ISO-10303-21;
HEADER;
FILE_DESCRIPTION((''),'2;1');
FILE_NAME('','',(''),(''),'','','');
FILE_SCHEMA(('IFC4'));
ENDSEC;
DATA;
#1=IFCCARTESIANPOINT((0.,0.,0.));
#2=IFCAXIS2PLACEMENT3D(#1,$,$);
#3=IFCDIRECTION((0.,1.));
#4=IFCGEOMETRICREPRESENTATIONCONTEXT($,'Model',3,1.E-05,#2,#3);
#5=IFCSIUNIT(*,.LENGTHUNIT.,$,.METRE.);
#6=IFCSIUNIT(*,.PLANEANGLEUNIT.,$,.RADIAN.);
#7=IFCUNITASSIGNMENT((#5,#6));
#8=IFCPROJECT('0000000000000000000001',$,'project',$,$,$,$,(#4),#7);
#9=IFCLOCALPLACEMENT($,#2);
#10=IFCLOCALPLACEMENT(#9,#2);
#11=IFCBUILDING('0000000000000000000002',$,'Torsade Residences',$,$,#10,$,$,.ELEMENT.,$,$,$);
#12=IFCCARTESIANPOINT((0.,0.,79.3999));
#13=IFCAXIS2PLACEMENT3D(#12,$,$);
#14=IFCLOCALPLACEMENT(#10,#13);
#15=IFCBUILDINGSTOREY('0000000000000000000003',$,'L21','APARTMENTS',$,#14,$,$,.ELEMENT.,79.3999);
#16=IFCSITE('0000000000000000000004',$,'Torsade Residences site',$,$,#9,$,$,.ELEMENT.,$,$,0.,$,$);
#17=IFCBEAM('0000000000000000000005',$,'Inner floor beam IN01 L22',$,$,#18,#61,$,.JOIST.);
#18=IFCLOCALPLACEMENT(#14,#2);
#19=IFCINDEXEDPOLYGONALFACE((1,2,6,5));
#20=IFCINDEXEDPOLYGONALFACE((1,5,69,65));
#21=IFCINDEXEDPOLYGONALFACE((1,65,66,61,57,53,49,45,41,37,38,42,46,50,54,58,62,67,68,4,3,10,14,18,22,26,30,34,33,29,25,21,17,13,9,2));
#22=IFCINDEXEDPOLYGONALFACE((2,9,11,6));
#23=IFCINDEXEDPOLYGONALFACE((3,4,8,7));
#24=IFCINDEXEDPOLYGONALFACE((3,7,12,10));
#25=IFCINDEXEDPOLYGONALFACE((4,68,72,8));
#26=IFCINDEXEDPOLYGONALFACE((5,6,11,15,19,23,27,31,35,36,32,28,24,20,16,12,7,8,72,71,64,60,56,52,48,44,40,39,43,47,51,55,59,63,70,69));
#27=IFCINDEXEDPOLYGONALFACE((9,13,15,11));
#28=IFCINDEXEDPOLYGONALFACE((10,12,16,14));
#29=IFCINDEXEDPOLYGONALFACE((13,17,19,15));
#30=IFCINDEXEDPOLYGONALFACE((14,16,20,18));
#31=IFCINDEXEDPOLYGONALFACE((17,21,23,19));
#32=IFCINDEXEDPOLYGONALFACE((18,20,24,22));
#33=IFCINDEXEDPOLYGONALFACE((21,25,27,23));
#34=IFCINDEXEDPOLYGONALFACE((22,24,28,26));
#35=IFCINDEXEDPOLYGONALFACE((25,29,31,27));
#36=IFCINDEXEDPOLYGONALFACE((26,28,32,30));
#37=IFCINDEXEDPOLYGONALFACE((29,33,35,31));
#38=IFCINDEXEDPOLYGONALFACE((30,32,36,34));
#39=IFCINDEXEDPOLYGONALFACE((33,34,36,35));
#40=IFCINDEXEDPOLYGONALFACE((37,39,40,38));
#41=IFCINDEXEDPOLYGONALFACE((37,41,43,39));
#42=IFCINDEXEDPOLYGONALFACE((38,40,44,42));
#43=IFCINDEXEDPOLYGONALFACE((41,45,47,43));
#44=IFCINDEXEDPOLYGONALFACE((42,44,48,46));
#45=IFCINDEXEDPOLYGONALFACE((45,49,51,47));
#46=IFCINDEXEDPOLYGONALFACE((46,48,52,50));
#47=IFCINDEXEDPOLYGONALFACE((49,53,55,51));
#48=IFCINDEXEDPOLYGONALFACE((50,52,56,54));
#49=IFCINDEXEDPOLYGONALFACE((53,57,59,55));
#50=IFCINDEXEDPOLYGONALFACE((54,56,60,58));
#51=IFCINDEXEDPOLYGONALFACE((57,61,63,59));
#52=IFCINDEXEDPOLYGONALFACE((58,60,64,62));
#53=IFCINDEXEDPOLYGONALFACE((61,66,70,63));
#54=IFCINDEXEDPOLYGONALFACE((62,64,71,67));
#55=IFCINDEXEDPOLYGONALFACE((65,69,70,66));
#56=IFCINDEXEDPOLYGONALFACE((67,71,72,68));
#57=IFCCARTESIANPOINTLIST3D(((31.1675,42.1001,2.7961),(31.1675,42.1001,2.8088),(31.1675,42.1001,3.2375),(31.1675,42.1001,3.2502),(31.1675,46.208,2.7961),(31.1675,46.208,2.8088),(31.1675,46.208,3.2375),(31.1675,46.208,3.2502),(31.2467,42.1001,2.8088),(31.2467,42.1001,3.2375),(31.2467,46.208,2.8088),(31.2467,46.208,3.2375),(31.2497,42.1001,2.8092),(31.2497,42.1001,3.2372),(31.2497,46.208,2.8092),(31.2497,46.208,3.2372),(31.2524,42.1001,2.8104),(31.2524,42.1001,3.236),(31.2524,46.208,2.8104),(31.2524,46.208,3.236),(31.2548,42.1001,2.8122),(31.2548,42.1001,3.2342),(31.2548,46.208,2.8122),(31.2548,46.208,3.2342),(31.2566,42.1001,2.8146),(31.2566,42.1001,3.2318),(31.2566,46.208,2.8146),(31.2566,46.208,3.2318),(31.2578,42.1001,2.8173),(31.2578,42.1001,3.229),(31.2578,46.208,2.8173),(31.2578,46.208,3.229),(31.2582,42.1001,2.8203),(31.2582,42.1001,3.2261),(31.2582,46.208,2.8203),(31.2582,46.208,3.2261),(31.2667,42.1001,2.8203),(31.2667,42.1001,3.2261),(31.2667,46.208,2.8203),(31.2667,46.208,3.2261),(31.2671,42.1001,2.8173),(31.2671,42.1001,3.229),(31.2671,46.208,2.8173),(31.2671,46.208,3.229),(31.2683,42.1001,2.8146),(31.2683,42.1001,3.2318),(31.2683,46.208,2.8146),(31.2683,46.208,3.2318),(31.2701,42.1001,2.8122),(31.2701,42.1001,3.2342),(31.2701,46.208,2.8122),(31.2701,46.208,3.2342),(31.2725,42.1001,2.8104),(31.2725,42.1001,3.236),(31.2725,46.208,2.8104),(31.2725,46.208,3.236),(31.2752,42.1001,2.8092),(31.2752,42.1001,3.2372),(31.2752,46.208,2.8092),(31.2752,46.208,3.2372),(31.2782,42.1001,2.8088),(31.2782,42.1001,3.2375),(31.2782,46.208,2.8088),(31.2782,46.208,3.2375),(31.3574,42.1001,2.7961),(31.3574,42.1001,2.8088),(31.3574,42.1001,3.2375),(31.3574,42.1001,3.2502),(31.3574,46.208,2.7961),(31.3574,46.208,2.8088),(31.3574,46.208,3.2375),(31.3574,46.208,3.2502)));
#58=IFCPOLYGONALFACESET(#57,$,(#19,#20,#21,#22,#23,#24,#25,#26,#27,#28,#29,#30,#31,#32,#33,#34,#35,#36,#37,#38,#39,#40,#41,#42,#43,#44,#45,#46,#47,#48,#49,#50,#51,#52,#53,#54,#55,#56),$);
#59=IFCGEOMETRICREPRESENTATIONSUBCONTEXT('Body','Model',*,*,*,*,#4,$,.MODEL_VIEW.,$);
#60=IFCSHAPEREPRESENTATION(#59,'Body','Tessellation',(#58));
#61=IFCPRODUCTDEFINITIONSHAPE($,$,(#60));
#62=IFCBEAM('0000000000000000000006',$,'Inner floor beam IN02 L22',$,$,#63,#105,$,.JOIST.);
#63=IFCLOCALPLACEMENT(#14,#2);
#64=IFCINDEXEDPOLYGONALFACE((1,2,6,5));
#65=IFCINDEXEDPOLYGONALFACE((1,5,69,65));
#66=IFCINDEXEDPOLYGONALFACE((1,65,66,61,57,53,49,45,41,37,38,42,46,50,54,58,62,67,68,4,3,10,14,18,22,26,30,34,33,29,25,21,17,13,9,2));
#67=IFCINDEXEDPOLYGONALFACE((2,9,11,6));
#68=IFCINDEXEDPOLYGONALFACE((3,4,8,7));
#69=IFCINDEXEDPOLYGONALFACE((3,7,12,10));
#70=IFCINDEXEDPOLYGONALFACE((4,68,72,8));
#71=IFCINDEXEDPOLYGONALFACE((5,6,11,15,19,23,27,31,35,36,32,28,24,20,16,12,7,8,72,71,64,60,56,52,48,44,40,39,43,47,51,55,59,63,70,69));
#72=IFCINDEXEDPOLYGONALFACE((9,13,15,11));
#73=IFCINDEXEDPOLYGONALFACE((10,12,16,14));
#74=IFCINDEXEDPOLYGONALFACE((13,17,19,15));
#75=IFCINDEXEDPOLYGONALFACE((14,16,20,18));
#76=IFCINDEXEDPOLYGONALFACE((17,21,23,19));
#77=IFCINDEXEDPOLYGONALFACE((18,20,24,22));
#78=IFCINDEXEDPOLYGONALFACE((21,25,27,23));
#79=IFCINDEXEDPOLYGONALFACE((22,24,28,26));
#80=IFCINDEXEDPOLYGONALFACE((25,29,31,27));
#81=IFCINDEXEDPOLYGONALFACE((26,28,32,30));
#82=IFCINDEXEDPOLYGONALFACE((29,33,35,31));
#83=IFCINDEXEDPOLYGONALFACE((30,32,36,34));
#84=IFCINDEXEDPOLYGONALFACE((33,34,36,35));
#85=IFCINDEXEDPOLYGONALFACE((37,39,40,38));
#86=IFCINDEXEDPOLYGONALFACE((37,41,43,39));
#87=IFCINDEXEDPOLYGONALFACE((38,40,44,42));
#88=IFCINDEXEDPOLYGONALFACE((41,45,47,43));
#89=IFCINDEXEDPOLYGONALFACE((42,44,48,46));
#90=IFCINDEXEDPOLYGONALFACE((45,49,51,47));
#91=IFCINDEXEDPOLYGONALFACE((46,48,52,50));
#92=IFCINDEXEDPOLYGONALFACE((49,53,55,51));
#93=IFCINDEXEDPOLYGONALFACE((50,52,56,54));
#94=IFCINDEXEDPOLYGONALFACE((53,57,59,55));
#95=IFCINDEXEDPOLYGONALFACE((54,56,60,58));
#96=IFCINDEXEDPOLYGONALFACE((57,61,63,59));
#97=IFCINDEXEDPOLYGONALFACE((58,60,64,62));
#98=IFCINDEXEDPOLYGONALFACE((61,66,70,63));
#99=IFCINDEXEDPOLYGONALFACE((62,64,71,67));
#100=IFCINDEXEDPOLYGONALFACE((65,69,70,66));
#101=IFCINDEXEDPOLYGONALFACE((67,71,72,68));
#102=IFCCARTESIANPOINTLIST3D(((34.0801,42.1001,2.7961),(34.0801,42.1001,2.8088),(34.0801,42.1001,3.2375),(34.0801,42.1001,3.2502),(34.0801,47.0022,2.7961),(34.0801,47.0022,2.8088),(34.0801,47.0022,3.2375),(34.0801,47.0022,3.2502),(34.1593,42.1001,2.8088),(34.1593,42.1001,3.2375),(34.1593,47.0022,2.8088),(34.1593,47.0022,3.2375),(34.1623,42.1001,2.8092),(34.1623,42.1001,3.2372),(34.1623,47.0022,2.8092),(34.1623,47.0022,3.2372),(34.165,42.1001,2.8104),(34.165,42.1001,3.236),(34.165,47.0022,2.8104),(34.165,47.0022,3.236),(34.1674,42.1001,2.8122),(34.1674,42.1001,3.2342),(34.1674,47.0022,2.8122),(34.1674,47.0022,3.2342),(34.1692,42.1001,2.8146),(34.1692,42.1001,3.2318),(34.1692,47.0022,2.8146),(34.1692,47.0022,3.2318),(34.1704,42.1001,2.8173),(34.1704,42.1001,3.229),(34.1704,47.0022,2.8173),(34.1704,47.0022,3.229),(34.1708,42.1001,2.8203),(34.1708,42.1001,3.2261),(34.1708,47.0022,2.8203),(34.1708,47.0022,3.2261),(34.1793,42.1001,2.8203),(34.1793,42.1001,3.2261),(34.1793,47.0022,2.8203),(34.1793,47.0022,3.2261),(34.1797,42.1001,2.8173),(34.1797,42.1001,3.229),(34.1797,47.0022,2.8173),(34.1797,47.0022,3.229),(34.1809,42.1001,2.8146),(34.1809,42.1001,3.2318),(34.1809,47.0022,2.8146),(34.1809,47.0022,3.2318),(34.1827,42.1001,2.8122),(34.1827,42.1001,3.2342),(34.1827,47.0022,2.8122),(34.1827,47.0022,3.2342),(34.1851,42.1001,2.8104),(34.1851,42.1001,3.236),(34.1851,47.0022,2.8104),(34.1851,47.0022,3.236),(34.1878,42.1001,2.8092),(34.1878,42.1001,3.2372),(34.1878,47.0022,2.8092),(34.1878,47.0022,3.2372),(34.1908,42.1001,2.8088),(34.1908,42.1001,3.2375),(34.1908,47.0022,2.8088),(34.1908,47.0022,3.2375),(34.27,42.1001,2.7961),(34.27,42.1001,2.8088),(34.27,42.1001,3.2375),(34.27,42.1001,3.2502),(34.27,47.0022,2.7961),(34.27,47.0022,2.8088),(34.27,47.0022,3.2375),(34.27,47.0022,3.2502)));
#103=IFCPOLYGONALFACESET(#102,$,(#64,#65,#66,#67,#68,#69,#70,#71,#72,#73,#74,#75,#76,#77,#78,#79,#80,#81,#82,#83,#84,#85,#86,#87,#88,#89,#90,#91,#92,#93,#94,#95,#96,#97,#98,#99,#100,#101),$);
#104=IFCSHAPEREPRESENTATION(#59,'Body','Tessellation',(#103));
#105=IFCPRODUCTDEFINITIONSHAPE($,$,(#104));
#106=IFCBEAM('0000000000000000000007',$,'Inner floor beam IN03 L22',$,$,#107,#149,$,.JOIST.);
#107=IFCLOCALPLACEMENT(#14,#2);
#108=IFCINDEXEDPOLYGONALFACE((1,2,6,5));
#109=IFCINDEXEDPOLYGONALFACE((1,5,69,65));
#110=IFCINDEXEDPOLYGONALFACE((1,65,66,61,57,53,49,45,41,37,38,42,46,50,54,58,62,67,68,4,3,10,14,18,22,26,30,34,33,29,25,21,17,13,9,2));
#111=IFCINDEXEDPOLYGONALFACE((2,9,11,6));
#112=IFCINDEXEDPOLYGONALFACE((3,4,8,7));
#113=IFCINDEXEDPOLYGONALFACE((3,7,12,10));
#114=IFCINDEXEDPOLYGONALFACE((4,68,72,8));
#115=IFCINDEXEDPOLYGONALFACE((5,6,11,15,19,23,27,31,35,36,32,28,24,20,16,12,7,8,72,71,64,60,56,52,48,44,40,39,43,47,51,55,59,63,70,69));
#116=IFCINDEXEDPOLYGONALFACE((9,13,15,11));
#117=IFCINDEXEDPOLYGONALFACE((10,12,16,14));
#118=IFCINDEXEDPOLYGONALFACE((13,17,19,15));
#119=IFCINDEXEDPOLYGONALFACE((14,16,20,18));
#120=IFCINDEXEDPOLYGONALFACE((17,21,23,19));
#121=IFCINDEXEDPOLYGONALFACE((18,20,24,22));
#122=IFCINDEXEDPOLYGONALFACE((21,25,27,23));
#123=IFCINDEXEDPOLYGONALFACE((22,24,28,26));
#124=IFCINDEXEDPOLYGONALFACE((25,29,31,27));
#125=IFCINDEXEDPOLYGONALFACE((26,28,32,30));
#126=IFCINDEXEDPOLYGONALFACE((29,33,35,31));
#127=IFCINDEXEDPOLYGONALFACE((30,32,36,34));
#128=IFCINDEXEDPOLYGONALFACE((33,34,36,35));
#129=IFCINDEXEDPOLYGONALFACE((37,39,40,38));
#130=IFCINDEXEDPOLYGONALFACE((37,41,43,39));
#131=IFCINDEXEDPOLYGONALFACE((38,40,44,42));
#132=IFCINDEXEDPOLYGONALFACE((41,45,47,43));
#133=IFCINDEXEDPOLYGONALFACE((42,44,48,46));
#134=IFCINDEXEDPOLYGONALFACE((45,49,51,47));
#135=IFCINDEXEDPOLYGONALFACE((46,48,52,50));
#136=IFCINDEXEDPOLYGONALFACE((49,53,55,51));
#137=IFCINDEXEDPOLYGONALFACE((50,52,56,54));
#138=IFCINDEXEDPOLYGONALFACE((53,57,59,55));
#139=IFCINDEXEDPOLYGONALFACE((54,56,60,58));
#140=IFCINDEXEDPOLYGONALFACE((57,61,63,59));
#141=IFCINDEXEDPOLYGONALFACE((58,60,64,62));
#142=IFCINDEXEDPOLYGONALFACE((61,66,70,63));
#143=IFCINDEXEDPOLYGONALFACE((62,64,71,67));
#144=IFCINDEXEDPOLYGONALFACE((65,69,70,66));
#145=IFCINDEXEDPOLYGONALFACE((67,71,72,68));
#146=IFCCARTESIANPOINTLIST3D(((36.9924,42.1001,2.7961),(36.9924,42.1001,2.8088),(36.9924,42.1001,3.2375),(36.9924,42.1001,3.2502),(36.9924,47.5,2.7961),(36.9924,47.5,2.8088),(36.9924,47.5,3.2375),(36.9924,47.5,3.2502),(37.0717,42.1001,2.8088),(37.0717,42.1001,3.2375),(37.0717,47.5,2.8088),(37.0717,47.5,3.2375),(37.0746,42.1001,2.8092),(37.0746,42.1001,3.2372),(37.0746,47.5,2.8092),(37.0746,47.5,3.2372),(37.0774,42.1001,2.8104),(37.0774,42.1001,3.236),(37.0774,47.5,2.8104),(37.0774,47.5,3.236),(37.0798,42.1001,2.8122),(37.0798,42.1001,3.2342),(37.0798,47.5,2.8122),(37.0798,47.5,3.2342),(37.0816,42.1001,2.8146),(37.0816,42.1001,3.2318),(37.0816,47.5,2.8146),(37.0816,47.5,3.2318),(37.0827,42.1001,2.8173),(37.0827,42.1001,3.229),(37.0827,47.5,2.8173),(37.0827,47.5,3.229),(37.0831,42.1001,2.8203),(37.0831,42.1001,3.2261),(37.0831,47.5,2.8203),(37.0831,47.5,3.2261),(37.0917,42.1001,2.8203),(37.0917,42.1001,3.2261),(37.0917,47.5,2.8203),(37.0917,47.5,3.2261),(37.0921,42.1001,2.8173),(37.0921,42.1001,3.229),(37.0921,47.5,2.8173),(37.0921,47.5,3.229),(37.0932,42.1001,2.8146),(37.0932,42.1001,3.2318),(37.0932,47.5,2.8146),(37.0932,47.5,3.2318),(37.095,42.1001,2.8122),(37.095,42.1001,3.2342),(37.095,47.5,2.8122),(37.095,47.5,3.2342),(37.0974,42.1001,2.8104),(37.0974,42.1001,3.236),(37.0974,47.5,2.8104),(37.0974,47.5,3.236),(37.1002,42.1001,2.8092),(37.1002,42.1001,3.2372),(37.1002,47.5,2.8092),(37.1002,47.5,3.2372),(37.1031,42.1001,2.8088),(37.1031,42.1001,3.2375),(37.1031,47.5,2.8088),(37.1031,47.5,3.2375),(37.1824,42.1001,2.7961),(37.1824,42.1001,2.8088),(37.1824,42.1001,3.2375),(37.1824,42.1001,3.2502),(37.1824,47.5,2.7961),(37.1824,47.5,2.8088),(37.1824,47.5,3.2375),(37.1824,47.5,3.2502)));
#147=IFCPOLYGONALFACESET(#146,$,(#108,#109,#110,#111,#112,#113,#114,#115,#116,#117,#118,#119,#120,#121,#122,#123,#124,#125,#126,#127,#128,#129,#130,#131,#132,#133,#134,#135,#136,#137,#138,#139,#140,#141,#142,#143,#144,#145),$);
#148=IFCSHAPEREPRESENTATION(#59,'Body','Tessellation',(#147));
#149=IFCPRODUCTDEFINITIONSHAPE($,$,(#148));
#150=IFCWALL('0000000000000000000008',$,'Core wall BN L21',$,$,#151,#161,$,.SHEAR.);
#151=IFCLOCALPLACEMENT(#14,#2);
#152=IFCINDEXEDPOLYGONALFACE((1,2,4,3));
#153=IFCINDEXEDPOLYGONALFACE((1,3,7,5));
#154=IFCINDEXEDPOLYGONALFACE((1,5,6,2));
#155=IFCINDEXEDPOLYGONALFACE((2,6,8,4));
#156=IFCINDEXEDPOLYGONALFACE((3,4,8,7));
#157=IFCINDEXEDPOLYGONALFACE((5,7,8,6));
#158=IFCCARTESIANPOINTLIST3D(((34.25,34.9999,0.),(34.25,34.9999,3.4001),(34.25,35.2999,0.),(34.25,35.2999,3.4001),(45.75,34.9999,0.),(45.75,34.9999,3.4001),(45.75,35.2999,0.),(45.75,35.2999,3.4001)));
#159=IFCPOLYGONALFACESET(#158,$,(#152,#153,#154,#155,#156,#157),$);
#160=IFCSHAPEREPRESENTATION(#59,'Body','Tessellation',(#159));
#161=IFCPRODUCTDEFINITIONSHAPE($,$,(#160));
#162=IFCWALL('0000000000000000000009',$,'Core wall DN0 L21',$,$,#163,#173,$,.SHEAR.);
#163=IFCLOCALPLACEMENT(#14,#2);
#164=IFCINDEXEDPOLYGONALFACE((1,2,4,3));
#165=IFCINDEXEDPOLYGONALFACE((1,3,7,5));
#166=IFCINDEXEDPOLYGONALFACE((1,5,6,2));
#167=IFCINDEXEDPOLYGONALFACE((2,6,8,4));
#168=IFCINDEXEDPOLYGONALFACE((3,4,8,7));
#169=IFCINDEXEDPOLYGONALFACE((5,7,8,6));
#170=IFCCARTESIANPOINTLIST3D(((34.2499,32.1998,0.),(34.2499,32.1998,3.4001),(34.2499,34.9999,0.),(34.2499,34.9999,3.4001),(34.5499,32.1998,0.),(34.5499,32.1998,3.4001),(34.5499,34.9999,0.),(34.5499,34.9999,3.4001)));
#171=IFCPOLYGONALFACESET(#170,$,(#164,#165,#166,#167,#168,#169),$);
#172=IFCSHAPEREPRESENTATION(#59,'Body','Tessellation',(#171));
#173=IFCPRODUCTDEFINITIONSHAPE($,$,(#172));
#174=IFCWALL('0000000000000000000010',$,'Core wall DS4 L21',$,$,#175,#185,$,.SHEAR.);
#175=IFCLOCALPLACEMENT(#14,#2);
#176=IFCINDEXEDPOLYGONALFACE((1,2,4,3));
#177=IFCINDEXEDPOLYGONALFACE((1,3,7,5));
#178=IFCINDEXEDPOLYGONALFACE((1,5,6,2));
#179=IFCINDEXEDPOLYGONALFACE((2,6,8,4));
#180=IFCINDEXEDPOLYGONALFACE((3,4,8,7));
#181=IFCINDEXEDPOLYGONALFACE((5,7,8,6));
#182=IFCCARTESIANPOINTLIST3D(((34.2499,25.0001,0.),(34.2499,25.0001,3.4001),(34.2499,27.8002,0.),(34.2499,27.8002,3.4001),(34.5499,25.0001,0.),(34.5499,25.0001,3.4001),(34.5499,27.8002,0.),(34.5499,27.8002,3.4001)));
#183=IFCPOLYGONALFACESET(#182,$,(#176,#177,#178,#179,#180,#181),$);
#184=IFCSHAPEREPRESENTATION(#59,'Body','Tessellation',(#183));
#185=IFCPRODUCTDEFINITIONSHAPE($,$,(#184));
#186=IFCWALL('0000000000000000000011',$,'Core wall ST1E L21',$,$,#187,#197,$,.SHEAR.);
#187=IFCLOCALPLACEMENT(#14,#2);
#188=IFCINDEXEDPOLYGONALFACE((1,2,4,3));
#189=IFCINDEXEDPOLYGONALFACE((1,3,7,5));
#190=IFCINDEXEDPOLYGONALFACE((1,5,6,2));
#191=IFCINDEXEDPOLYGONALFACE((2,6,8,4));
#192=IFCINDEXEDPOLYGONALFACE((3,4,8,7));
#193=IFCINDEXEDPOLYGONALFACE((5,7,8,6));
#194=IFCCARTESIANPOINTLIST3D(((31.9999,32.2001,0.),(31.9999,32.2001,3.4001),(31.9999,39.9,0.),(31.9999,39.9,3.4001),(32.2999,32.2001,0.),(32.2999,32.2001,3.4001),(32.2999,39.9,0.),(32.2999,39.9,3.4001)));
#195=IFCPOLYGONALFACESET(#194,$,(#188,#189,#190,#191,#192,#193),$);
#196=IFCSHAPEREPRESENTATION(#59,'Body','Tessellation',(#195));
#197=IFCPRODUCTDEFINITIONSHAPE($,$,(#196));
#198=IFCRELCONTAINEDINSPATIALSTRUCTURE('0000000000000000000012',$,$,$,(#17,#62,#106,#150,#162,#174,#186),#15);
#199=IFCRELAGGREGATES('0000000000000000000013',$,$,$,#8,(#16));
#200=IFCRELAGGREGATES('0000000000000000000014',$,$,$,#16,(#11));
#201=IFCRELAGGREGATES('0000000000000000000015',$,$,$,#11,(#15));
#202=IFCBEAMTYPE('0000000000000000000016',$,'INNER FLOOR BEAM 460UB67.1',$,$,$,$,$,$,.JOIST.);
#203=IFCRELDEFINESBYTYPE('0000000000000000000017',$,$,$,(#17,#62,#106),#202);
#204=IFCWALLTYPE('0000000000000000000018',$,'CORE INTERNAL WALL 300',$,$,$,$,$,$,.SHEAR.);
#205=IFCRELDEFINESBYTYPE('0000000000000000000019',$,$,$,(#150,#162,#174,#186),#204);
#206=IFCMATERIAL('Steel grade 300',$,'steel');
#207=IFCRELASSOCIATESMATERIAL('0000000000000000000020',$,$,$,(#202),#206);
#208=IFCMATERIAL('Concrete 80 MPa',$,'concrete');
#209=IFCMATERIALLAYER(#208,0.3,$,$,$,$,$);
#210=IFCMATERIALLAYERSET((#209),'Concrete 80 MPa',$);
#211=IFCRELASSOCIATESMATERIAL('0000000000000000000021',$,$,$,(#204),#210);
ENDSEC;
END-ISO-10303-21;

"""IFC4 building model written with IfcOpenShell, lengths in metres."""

from ifc_helpers import new_model, si_unit, direction, frame, frame_2d, origin, origin_2d, place, context, subcontext, project, spatial, rectangle, i_section, extrude, material, layer, layer_set, material_profile, profile_set, type_object, element, save


model = new_model("IFC4")

# Units and contexts
model_context = context("Model", 3, precision=1e-05, world=origin(), true_north=direction((0.0, 1.0)))
body_context = subcontext(model_context, "Body", "Model", "MODEL_VIEW")
ifc_project = project(units=[si_unit("LENGTHUNIT", "METRE"), si_unit("PLANEANGLEUNIT", "RADIAN")], contexts=[model_context])

# Site, building, storey
site_placement = place(None, origin())
site = spatial("IfcSite", under=ifc_project, at=site_placement, Name="Torsade Residences site", CompositionType="ELEMENT", RefElevation=0.0)
building_placement = place(site_placement, origin())
building = spatial("IfcBuilding", under=site, at=building_placement, Name="Torsade Residences", CompositionType="ELEMENT")
storey_placement = place(building_placement, frame((0.0, 0.0, 79.3999)))
storey = spatial("IfcBuildingStorey", under=building, at=storey_placement, Name="L21", Description="APARTMENTS", CompositionType="ELEMENT", Elevation=79.3999)

# Beams
ifc_material_1 = material(Name="Steel grade 300", Category="steel")
ifc_material_profile = material_profile(ifc_material_1, i_section(OverallWidth=0.1899, OverallDepth=0.4541, WebThickness=0.0085, FlangeThickness=0.0127, FilletRadius=0.0115, at=origin_2d()), Name="460UB67.1")
ifc_profile_set = profile_set([ifc_material_profile], Name="Steel grade 300")
beam_type = type_object("IfcBeamType", Name="INNER FLOOR BEAM 460UB67.1", PredefinedType="JOIST", material=ifc_profile_set)
beam_1_placement = place(storey_placement, frame((31.2625, 42.1001, 3.0232), z_axis=(0.0, 1.0, 0.0), x_axis=(-1.0, 0.0, 0.0)))
element("IfcBeam", 1, at=beam_1_placement, inside=storey, type_object=beam_type, Name="Inner floor beam IN01 L22", PredefinedType="JOIST", context=body_context, shape_type="SweptSolid", body=[
    extrude(i_section(OverallWidth=0.1899, OverallDepth=0.4541, WebThickness=0.0085, FlangeThickness=0.0127, FilletRadius=0.0115, at=origin_2d()), origin(), (0.0, 0.0, 1.0), 4.1079),
])
beam_2_placement = place(storey_placement, frame((34.175, 42.1001, 3.0232), z_axis=(0.0, 1.0, 0.0), x_axis=(-1.0, 0.0, 0.0)))
element("IfcBeam", 2, at=beam_2_placement, inside=storey, type_object=beam_type, Name="Inner floor beam IN02 L22", PredefinedType="JOIST", context=body_context, shape_type="SweptSolid", body=[
    extrude(i_section(OverallWidth=0.1899, OverallDepth=0.4541, WebThickness=0.0085, FlangeThickness=0.0127, FilletRadius=0.0115, at=origin_2d()), origin(), (0.0, 0.0, 1.0), 4.9021),
])
beam_3_placement = place(storey_placement, frame((37.0874, 42.1001, 3.0232), z_axis=(0.0, 1.0, 0.0), x_axis=(-1.0, 0.0, 0.0)))
element("IfcBeam", 3, at=beam_3_placement, inside=storey, type_object=beam_type, Name="Inner floor beam IN03 L22", PredefinedType="JOIST", context=body_context, shape_type="SweptSolid", body=[
    extrude(i_section(OverallWidth=0.1899, OverallDepth=0.4541, WebThickness=0.0085, FlangeThickness=0.0127, FilletRadius=0.0115, at=origin_2d()), origin(), (0.0, 0.0, 1.0), 5.3999),
])

# Walls
ifc_material_2 = material(Name="Concrete 80 MPa", Category="concrete")
ifc_layer_1 = layer(ifc_material_2, 0.3)
ifc_layer_set_1 = layer_set([ifc_layer_1], Name="Concrete 80 MPa")
wall_type_1 = type_object("IfcWallType", Name="CORE INTERNAL WALL 300", PredefinedType="SHEAR", material=ifc_layer_set_1)
wall_1_placement = place(storey_placement, frame((34.25, 35.1499, 0.0), z_axis=(0.0, 0.0, 1.0), x_axis=(1.0, 0.0, 0.0)))
element("IfcWall", 4, at=wall_1_placement, inside=storey, type_object=wall_type_1, Name="Core wall BN L21", PredefinedType="SHEAR", context=body_context, shape_type="SweptSolid", body=[
    extrude(rectangle(XDim=11.5, YDim=0.3, at=frame_2d((5.75, 0.0))), origin(), (0.0, 0.0, 1.0), 3.4001),
])
for number, where, z_axis, x_axis, name in (
    (5, (34.3999, 32.2, 0.0), (0.0, 0.0, 1.0), (0.0, 1.0, 0.0), "Core wall DN0 L21"),
    (6, (34.3999, 27.8, 0.0), (0.0, 0.0, 1.0), (0.0, -1.0, 0.0), "Core wall DS4 L21"),
):
    element("IfcWall", number, at=place(storey_placement, frame(where, z_axis=z_axis, x_axis=x_axis)), inside=storey, type_object=wall_type_1, Name=name, PredefinedType="SHEAR", context=body_context, shape_type="SweptSolid", body=[
        extrude(rectangle(XDim=2.8, YDim=0.3, at=frame_2d((1.3999, 0.0))), origin(), (0.0, 0.0, 1.0), 3.4001),
    ])
wall_2_placement = place(storey_placement, frame((32.1499, 32.2, 0.0), z_axis=(0.0, 0.0, 1.0), x_axis=(0.0, 1.0, 0.0)))
element("IfcWall", 7, at=wall_2_placement, inside=storey, type_object=wall_type_1, Name="Core wall ST1E L21", PredefinedType="SHEAR", context=body_context, shape_type="SweptSolid", body=[
    extrude(rectangle(XDim=7.7, YDim=0.3, at=frame_2d((3.8501, 0.0))), origin(), (0.0, 0.0, 1.0), 3.4001),
])

save(model, "model.ifc")
